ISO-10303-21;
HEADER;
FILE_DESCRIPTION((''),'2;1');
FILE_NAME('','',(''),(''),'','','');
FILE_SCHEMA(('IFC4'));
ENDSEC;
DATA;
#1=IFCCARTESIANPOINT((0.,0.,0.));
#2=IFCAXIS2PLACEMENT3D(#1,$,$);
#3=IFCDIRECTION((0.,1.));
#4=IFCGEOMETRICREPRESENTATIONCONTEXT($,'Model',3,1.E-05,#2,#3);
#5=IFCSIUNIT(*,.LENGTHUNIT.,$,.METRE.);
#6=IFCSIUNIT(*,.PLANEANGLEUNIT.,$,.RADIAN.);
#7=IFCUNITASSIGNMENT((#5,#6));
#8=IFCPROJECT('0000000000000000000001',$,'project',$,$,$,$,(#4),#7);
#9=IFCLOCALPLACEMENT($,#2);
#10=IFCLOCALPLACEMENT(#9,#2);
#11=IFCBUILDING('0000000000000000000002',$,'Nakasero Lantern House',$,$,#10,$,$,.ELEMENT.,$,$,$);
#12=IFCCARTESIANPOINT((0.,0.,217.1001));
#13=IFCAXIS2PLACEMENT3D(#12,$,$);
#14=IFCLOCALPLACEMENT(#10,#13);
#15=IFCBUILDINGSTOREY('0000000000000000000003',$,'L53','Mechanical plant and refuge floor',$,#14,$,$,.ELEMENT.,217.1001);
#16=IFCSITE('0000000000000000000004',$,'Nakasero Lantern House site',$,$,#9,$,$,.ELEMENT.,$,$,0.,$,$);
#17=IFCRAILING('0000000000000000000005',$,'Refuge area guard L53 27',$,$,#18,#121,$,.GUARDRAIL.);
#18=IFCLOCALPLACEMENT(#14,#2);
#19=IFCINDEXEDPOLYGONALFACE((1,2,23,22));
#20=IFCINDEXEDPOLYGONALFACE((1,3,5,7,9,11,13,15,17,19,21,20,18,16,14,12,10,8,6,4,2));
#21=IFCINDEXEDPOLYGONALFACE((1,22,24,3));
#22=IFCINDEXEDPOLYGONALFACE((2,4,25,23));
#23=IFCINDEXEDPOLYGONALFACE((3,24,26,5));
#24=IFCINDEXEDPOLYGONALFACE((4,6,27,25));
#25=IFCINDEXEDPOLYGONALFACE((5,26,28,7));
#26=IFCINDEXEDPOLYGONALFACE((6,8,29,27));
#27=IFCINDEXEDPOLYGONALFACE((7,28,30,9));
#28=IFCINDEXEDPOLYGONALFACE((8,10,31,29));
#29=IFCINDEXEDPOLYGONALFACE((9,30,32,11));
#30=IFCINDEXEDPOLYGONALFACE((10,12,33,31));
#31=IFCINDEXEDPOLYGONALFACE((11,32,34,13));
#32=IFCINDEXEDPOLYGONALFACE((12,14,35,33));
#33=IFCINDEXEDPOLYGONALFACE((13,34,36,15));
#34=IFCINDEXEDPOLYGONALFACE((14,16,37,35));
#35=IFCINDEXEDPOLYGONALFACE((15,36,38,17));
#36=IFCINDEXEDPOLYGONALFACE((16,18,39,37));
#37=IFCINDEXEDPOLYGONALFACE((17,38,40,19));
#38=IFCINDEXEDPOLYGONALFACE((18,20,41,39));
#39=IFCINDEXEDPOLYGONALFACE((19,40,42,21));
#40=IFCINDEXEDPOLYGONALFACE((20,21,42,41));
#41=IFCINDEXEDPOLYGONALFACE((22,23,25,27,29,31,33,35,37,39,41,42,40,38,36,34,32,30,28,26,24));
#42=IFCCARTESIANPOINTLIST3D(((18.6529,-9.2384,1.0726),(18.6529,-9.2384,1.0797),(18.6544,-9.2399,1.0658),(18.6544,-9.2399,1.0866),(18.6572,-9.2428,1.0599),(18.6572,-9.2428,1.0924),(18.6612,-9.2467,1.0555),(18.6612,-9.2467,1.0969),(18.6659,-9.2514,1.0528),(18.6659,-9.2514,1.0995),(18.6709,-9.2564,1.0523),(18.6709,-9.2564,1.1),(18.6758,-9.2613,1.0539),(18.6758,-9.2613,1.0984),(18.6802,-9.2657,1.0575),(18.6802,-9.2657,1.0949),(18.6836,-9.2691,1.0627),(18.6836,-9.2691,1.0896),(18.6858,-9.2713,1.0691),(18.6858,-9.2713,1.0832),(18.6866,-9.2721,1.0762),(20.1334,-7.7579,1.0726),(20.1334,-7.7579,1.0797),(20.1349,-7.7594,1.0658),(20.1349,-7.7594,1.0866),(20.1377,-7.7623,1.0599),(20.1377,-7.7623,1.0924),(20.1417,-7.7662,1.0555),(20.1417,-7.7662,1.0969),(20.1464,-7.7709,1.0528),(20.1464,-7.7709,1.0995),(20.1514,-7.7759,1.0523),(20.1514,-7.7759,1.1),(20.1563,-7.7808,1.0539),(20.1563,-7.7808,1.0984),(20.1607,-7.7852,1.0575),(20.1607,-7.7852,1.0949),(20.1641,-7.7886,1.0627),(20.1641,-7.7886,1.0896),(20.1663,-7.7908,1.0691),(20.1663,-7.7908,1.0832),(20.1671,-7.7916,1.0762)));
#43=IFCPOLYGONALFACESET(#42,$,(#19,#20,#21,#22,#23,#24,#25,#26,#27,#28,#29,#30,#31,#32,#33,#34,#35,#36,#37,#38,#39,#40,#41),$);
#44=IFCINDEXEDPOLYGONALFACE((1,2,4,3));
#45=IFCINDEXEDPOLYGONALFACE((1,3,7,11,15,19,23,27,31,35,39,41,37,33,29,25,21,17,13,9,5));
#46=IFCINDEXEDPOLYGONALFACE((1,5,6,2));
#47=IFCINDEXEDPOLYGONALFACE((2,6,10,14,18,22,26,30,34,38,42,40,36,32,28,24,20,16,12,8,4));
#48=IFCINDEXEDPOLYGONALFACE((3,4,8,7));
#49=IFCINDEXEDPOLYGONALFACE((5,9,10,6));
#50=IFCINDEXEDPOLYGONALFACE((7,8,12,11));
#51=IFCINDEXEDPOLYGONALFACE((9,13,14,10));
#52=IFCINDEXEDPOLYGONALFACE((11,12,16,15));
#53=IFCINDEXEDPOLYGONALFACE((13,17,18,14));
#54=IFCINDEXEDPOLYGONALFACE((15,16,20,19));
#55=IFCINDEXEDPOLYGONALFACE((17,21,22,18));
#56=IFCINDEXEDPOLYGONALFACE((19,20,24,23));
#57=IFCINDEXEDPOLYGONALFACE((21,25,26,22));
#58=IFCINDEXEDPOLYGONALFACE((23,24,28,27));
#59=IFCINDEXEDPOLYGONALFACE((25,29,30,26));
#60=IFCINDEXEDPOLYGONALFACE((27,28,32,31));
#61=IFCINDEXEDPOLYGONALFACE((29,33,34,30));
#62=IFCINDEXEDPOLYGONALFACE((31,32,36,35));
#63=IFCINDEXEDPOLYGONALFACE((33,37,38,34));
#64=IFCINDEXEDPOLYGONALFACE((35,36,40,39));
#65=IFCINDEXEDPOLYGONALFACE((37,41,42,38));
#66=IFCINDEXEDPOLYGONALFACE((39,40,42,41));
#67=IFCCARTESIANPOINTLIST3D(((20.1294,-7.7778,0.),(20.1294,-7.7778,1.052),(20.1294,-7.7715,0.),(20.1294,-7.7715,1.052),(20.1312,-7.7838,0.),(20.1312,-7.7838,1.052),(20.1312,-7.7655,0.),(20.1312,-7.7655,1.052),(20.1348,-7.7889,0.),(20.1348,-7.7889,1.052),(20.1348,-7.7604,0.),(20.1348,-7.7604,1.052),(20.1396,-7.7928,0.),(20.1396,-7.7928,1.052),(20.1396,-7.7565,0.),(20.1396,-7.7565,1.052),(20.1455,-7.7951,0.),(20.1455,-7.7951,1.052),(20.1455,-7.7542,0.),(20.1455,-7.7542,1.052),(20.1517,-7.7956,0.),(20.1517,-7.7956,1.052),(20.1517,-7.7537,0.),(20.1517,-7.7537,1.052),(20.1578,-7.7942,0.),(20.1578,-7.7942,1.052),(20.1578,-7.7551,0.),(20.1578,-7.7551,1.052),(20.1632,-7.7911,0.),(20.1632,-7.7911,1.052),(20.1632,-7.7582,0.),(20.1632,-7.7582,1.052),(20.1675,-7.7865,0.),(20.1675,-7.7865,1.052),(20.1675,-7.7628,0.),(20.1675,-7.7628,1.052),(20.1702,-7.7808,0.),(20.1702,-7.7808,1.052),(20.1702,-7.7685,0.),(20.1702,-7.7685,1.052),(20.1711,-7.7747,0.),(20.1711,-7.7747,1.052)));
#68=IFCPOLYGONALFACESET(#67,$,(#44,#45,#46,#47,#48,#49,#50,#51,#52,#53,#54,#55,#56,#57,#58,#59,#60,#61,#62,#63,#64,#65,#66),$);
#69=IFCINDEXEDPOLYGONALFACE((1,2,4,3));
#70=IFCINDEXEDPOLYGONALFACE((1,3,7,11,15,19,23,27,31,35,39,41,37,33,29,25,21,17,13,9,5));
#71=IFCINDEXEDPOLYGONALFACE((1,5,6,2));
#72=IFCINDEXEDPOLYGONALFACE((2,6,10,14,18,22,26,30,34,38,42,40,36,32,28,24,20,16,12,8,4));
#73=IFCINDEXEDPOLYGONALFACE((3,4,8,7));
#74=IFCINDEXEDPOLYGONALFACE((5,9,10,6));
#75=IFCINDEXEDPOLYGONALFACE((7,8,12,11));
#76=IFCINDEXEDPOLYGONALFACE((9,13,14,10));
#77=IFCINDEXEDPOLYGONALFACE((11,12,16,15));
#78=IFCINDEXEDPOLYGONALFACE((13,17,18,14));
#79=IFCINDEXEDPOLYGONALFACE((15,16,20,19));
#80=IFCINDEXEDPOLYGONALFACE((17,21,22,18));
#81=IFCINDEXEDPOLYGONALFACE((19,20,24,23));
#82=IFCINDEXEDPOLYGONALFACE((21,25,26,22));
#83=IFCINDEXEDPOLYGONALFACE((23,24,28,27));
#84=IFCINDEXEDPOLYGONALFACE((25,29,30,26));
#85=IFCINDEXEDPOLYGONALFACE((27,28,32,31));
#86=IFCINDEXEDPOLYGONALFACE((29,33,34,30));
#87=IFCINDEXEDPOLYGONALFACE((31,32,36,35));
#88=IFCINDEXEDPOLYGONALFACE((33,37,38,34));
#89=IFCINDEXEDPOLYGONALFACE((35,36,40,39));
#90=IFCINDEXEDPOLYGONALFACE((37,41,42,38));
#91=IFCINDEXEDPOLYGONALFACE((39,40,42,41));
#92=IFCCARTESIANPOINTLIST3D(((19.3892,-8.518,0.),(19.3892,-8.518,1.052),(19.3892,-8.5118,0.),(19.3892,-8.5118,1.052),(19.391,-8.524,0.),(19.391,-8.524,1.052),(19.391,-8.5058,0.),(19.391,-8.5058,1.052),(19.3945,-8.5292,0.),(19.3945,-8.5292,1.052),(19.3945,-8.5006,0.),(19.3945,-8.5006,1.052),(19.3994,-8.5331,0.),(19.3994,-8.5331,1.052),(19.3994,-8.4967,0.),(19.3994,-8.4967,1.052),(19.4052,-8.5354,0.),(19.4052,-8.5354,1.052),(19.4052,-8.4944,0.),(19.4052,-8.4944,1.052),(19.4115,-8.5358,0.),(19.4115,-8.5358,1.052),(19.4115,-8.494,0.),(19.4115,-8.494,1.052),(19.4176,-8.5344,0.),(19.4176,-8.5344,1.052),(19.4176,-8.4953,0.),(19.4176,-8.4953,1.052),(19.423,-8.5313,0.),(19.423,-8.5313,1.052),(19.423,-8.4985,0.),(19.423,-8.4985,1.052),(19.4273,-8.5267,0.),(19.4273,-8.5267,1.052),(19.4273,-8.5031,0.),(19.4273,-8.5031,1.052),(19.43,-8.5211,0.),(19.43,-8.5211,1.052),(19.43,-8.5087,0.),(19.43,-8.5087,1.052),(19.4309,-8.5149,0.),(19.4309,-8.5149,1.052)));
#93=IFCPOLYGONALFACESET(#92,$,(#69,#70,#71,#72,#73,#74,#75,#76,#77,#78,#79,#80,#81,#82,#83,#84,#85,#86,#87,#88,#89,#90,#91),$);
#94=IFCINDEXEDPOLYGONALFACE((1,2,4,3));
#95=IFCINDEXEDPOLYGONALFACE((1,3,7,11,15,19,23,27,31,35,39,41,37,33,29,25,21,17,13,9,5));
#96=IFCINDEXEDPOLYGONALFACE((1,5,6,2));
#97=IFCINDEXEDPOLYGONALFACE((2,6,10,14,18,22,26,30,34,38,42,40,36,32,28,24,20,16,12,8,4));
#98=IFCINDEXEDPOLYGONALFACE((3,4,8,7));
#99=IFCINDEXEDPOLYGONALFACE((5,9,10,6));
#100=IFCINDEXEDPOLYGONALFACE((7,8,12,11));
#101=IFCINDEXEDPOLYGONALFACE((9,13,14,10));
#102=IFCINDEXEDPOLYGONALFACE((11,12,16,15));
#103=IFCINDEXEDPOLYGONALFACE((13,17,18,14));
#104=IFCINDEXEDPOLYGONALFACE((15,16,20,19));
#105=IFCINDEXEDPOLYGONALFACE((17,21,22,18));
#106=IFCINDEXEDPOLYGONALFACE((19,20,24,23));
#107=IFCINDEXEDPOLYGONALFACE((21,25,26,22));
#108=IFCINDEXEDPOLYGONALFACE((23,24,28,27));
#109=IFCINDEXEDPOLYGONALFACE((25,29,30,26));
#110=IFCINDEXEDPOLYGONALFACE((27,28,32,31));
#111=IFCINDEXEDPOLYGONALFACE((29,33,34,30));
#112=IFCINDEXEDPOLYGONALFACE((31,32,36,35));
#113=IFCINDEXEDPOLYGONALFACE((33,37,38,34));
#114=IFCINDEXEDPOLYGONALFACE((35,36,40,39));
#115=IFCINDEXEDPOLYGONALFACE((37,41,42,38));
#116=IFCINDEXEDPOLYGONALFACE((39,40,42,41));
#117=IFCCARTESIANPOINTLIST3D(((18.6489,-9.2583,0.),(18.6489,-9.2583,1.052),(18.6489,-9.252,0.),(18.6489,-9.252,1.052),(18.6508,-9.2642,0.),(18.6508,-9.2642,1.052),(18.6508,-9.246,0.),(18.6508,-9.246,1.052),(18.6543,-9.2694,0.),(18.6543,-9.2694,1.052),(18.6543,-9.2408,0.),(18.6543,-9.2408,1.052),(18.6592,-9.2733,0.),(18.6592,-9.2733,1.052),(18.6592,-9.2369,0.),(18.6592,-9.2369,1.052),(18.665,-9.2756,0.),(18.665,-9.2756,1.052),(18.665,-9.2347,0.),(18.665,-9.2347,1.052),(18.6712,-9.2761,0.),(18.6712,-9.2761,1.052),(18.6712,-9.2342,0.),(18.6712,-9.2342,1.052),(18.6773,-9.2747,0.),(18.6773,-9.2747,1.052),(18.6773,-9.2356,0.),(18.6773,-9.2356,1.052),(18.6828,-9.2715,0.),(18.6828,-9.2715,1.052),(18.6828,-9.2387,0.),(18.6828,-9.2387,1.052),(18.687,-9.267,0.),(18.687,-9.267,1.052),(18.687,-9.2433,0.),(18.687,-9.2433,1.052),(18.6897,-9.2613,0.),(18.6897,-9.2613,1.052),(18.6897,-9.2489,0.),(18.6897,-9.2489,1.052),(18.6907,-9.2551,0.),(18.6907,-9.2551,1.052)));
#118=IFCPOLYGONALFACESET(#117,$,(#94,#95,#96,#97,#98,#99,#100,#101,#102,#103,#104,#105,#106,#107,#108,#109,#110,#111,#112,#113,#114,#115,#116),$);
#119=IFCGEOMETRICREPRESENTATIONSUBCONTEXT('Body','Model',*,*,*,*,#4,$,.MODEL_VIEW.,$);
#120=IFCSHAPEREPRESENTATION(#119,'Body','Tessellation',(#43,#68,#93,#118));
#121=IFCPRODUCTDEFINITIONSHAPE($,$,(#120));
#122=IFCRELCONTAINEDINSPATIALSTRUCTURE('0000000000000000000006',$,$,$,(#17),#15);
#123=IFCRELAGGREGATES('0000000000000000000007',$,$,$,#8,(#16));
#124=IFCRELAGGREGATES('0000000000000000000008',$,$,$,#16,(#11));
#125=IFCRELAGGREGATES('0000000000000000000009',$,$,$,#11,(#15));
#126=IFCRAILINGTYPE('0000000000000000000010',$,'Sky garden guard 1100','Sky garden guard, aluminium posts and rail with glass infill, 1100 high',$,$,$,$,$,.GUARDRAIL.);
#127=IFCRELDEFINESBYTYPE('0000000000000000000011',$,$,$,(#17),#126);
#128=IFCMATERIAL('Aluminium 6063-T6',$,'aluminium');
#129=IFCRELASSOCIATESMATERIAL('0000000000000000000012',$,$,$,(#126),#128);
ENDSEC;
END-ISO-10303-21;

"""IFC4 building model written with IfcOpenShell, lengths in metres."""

from ifc_helpers import new_model, si_unit, direction, frame, origin, origin_2d, place, context, subcontext, project, spatial, circle, extrude, material, type_object, element, save


model = new_model("IFC4")

# Units and contexts
model_context = context("Model", 3, precision=1e-05, world=origin(), true_north=direction((0.0, 1.0)))
body_context = subcontext(model_context, "Body", "Model", "MODEL_VIEW")
ifc_project = project(units=[si_unit("LENGTHUNIT", "METRE"), si_unit("PLANEANGLEUNIT", "RADIAN")], contexts=[model_context])

# Site, building, storey
site_placement = place(None, origin())
site = spatial("IfcSite", under=ifc_project, at=site_placement, Name="Nakasero Lantern House site", CompositionType="ELEMENT", RefElevation=0.0)
building_placement = place(site_placement, origin())
building = spatial("IfcBuilding", under=site, at=building_placement, Name="Nakasero Lantern House", CompositionType="ELEMENT")
storey_placement = place(building_placement, frame((0.0, 0.0, 217.1001)))
storey = spatial("IfcBuildingStorey", under=building, at=storey_placement, Name="L53", Description="Mechanical plant and refuge floor", CompositionType="ELEMENT", Elevation=217.1001)

# Railing
ifc_material_1 = material(Name="Aluminium 6063-T6", Category="aluminium")
railing_type = type_object("IfcRailingType", Name="Sky garden guard 1100", Description="Sky garden guard, aluminium posts and rail with glass infill, 1100 high", PredefinedType="GUARDRAIL", material=ifc_material_1)
railing_1_placement = place(storey_placement, frame((20.1501, -7.7747, 0.0)))
element("IfcRailing", 1, at=railing_1_placement, inside=storey, type_object=railing_type, Name="Refuge area guard L53 27", PredefinedType="GUARDRAIL", context=body_context, shape_type="SweptSolid", body=[
    extrude(circle(Radius=0.0239, at=origin_2d()), frame((0.0, 0.0, 1.0762), z_axis=(-0.707107, -0.707107, 0.0), x_axis=(0.707107, -0.707107, 0.0)), (0.0, 0.0, 1.0), 2.0938),
    extrude(circle(Radius=0.021, at=origin_2d()), origin(), (0.0, 0.0, 1.0), 1.052),
    extrude(circle(Radius=0.021, at=origin_2d()), frame((-0.7402, -0.7402, 0.0)), (0.0, 0.0, 1.0), 1.052),
    extrude(circle(Radius=0.021, at=origin_2d()), frame((-1.4805, -1.4805, 0.0)), (0.0, 0.0, 1.0), 1.052),
])

save(model, "model.ifc")
